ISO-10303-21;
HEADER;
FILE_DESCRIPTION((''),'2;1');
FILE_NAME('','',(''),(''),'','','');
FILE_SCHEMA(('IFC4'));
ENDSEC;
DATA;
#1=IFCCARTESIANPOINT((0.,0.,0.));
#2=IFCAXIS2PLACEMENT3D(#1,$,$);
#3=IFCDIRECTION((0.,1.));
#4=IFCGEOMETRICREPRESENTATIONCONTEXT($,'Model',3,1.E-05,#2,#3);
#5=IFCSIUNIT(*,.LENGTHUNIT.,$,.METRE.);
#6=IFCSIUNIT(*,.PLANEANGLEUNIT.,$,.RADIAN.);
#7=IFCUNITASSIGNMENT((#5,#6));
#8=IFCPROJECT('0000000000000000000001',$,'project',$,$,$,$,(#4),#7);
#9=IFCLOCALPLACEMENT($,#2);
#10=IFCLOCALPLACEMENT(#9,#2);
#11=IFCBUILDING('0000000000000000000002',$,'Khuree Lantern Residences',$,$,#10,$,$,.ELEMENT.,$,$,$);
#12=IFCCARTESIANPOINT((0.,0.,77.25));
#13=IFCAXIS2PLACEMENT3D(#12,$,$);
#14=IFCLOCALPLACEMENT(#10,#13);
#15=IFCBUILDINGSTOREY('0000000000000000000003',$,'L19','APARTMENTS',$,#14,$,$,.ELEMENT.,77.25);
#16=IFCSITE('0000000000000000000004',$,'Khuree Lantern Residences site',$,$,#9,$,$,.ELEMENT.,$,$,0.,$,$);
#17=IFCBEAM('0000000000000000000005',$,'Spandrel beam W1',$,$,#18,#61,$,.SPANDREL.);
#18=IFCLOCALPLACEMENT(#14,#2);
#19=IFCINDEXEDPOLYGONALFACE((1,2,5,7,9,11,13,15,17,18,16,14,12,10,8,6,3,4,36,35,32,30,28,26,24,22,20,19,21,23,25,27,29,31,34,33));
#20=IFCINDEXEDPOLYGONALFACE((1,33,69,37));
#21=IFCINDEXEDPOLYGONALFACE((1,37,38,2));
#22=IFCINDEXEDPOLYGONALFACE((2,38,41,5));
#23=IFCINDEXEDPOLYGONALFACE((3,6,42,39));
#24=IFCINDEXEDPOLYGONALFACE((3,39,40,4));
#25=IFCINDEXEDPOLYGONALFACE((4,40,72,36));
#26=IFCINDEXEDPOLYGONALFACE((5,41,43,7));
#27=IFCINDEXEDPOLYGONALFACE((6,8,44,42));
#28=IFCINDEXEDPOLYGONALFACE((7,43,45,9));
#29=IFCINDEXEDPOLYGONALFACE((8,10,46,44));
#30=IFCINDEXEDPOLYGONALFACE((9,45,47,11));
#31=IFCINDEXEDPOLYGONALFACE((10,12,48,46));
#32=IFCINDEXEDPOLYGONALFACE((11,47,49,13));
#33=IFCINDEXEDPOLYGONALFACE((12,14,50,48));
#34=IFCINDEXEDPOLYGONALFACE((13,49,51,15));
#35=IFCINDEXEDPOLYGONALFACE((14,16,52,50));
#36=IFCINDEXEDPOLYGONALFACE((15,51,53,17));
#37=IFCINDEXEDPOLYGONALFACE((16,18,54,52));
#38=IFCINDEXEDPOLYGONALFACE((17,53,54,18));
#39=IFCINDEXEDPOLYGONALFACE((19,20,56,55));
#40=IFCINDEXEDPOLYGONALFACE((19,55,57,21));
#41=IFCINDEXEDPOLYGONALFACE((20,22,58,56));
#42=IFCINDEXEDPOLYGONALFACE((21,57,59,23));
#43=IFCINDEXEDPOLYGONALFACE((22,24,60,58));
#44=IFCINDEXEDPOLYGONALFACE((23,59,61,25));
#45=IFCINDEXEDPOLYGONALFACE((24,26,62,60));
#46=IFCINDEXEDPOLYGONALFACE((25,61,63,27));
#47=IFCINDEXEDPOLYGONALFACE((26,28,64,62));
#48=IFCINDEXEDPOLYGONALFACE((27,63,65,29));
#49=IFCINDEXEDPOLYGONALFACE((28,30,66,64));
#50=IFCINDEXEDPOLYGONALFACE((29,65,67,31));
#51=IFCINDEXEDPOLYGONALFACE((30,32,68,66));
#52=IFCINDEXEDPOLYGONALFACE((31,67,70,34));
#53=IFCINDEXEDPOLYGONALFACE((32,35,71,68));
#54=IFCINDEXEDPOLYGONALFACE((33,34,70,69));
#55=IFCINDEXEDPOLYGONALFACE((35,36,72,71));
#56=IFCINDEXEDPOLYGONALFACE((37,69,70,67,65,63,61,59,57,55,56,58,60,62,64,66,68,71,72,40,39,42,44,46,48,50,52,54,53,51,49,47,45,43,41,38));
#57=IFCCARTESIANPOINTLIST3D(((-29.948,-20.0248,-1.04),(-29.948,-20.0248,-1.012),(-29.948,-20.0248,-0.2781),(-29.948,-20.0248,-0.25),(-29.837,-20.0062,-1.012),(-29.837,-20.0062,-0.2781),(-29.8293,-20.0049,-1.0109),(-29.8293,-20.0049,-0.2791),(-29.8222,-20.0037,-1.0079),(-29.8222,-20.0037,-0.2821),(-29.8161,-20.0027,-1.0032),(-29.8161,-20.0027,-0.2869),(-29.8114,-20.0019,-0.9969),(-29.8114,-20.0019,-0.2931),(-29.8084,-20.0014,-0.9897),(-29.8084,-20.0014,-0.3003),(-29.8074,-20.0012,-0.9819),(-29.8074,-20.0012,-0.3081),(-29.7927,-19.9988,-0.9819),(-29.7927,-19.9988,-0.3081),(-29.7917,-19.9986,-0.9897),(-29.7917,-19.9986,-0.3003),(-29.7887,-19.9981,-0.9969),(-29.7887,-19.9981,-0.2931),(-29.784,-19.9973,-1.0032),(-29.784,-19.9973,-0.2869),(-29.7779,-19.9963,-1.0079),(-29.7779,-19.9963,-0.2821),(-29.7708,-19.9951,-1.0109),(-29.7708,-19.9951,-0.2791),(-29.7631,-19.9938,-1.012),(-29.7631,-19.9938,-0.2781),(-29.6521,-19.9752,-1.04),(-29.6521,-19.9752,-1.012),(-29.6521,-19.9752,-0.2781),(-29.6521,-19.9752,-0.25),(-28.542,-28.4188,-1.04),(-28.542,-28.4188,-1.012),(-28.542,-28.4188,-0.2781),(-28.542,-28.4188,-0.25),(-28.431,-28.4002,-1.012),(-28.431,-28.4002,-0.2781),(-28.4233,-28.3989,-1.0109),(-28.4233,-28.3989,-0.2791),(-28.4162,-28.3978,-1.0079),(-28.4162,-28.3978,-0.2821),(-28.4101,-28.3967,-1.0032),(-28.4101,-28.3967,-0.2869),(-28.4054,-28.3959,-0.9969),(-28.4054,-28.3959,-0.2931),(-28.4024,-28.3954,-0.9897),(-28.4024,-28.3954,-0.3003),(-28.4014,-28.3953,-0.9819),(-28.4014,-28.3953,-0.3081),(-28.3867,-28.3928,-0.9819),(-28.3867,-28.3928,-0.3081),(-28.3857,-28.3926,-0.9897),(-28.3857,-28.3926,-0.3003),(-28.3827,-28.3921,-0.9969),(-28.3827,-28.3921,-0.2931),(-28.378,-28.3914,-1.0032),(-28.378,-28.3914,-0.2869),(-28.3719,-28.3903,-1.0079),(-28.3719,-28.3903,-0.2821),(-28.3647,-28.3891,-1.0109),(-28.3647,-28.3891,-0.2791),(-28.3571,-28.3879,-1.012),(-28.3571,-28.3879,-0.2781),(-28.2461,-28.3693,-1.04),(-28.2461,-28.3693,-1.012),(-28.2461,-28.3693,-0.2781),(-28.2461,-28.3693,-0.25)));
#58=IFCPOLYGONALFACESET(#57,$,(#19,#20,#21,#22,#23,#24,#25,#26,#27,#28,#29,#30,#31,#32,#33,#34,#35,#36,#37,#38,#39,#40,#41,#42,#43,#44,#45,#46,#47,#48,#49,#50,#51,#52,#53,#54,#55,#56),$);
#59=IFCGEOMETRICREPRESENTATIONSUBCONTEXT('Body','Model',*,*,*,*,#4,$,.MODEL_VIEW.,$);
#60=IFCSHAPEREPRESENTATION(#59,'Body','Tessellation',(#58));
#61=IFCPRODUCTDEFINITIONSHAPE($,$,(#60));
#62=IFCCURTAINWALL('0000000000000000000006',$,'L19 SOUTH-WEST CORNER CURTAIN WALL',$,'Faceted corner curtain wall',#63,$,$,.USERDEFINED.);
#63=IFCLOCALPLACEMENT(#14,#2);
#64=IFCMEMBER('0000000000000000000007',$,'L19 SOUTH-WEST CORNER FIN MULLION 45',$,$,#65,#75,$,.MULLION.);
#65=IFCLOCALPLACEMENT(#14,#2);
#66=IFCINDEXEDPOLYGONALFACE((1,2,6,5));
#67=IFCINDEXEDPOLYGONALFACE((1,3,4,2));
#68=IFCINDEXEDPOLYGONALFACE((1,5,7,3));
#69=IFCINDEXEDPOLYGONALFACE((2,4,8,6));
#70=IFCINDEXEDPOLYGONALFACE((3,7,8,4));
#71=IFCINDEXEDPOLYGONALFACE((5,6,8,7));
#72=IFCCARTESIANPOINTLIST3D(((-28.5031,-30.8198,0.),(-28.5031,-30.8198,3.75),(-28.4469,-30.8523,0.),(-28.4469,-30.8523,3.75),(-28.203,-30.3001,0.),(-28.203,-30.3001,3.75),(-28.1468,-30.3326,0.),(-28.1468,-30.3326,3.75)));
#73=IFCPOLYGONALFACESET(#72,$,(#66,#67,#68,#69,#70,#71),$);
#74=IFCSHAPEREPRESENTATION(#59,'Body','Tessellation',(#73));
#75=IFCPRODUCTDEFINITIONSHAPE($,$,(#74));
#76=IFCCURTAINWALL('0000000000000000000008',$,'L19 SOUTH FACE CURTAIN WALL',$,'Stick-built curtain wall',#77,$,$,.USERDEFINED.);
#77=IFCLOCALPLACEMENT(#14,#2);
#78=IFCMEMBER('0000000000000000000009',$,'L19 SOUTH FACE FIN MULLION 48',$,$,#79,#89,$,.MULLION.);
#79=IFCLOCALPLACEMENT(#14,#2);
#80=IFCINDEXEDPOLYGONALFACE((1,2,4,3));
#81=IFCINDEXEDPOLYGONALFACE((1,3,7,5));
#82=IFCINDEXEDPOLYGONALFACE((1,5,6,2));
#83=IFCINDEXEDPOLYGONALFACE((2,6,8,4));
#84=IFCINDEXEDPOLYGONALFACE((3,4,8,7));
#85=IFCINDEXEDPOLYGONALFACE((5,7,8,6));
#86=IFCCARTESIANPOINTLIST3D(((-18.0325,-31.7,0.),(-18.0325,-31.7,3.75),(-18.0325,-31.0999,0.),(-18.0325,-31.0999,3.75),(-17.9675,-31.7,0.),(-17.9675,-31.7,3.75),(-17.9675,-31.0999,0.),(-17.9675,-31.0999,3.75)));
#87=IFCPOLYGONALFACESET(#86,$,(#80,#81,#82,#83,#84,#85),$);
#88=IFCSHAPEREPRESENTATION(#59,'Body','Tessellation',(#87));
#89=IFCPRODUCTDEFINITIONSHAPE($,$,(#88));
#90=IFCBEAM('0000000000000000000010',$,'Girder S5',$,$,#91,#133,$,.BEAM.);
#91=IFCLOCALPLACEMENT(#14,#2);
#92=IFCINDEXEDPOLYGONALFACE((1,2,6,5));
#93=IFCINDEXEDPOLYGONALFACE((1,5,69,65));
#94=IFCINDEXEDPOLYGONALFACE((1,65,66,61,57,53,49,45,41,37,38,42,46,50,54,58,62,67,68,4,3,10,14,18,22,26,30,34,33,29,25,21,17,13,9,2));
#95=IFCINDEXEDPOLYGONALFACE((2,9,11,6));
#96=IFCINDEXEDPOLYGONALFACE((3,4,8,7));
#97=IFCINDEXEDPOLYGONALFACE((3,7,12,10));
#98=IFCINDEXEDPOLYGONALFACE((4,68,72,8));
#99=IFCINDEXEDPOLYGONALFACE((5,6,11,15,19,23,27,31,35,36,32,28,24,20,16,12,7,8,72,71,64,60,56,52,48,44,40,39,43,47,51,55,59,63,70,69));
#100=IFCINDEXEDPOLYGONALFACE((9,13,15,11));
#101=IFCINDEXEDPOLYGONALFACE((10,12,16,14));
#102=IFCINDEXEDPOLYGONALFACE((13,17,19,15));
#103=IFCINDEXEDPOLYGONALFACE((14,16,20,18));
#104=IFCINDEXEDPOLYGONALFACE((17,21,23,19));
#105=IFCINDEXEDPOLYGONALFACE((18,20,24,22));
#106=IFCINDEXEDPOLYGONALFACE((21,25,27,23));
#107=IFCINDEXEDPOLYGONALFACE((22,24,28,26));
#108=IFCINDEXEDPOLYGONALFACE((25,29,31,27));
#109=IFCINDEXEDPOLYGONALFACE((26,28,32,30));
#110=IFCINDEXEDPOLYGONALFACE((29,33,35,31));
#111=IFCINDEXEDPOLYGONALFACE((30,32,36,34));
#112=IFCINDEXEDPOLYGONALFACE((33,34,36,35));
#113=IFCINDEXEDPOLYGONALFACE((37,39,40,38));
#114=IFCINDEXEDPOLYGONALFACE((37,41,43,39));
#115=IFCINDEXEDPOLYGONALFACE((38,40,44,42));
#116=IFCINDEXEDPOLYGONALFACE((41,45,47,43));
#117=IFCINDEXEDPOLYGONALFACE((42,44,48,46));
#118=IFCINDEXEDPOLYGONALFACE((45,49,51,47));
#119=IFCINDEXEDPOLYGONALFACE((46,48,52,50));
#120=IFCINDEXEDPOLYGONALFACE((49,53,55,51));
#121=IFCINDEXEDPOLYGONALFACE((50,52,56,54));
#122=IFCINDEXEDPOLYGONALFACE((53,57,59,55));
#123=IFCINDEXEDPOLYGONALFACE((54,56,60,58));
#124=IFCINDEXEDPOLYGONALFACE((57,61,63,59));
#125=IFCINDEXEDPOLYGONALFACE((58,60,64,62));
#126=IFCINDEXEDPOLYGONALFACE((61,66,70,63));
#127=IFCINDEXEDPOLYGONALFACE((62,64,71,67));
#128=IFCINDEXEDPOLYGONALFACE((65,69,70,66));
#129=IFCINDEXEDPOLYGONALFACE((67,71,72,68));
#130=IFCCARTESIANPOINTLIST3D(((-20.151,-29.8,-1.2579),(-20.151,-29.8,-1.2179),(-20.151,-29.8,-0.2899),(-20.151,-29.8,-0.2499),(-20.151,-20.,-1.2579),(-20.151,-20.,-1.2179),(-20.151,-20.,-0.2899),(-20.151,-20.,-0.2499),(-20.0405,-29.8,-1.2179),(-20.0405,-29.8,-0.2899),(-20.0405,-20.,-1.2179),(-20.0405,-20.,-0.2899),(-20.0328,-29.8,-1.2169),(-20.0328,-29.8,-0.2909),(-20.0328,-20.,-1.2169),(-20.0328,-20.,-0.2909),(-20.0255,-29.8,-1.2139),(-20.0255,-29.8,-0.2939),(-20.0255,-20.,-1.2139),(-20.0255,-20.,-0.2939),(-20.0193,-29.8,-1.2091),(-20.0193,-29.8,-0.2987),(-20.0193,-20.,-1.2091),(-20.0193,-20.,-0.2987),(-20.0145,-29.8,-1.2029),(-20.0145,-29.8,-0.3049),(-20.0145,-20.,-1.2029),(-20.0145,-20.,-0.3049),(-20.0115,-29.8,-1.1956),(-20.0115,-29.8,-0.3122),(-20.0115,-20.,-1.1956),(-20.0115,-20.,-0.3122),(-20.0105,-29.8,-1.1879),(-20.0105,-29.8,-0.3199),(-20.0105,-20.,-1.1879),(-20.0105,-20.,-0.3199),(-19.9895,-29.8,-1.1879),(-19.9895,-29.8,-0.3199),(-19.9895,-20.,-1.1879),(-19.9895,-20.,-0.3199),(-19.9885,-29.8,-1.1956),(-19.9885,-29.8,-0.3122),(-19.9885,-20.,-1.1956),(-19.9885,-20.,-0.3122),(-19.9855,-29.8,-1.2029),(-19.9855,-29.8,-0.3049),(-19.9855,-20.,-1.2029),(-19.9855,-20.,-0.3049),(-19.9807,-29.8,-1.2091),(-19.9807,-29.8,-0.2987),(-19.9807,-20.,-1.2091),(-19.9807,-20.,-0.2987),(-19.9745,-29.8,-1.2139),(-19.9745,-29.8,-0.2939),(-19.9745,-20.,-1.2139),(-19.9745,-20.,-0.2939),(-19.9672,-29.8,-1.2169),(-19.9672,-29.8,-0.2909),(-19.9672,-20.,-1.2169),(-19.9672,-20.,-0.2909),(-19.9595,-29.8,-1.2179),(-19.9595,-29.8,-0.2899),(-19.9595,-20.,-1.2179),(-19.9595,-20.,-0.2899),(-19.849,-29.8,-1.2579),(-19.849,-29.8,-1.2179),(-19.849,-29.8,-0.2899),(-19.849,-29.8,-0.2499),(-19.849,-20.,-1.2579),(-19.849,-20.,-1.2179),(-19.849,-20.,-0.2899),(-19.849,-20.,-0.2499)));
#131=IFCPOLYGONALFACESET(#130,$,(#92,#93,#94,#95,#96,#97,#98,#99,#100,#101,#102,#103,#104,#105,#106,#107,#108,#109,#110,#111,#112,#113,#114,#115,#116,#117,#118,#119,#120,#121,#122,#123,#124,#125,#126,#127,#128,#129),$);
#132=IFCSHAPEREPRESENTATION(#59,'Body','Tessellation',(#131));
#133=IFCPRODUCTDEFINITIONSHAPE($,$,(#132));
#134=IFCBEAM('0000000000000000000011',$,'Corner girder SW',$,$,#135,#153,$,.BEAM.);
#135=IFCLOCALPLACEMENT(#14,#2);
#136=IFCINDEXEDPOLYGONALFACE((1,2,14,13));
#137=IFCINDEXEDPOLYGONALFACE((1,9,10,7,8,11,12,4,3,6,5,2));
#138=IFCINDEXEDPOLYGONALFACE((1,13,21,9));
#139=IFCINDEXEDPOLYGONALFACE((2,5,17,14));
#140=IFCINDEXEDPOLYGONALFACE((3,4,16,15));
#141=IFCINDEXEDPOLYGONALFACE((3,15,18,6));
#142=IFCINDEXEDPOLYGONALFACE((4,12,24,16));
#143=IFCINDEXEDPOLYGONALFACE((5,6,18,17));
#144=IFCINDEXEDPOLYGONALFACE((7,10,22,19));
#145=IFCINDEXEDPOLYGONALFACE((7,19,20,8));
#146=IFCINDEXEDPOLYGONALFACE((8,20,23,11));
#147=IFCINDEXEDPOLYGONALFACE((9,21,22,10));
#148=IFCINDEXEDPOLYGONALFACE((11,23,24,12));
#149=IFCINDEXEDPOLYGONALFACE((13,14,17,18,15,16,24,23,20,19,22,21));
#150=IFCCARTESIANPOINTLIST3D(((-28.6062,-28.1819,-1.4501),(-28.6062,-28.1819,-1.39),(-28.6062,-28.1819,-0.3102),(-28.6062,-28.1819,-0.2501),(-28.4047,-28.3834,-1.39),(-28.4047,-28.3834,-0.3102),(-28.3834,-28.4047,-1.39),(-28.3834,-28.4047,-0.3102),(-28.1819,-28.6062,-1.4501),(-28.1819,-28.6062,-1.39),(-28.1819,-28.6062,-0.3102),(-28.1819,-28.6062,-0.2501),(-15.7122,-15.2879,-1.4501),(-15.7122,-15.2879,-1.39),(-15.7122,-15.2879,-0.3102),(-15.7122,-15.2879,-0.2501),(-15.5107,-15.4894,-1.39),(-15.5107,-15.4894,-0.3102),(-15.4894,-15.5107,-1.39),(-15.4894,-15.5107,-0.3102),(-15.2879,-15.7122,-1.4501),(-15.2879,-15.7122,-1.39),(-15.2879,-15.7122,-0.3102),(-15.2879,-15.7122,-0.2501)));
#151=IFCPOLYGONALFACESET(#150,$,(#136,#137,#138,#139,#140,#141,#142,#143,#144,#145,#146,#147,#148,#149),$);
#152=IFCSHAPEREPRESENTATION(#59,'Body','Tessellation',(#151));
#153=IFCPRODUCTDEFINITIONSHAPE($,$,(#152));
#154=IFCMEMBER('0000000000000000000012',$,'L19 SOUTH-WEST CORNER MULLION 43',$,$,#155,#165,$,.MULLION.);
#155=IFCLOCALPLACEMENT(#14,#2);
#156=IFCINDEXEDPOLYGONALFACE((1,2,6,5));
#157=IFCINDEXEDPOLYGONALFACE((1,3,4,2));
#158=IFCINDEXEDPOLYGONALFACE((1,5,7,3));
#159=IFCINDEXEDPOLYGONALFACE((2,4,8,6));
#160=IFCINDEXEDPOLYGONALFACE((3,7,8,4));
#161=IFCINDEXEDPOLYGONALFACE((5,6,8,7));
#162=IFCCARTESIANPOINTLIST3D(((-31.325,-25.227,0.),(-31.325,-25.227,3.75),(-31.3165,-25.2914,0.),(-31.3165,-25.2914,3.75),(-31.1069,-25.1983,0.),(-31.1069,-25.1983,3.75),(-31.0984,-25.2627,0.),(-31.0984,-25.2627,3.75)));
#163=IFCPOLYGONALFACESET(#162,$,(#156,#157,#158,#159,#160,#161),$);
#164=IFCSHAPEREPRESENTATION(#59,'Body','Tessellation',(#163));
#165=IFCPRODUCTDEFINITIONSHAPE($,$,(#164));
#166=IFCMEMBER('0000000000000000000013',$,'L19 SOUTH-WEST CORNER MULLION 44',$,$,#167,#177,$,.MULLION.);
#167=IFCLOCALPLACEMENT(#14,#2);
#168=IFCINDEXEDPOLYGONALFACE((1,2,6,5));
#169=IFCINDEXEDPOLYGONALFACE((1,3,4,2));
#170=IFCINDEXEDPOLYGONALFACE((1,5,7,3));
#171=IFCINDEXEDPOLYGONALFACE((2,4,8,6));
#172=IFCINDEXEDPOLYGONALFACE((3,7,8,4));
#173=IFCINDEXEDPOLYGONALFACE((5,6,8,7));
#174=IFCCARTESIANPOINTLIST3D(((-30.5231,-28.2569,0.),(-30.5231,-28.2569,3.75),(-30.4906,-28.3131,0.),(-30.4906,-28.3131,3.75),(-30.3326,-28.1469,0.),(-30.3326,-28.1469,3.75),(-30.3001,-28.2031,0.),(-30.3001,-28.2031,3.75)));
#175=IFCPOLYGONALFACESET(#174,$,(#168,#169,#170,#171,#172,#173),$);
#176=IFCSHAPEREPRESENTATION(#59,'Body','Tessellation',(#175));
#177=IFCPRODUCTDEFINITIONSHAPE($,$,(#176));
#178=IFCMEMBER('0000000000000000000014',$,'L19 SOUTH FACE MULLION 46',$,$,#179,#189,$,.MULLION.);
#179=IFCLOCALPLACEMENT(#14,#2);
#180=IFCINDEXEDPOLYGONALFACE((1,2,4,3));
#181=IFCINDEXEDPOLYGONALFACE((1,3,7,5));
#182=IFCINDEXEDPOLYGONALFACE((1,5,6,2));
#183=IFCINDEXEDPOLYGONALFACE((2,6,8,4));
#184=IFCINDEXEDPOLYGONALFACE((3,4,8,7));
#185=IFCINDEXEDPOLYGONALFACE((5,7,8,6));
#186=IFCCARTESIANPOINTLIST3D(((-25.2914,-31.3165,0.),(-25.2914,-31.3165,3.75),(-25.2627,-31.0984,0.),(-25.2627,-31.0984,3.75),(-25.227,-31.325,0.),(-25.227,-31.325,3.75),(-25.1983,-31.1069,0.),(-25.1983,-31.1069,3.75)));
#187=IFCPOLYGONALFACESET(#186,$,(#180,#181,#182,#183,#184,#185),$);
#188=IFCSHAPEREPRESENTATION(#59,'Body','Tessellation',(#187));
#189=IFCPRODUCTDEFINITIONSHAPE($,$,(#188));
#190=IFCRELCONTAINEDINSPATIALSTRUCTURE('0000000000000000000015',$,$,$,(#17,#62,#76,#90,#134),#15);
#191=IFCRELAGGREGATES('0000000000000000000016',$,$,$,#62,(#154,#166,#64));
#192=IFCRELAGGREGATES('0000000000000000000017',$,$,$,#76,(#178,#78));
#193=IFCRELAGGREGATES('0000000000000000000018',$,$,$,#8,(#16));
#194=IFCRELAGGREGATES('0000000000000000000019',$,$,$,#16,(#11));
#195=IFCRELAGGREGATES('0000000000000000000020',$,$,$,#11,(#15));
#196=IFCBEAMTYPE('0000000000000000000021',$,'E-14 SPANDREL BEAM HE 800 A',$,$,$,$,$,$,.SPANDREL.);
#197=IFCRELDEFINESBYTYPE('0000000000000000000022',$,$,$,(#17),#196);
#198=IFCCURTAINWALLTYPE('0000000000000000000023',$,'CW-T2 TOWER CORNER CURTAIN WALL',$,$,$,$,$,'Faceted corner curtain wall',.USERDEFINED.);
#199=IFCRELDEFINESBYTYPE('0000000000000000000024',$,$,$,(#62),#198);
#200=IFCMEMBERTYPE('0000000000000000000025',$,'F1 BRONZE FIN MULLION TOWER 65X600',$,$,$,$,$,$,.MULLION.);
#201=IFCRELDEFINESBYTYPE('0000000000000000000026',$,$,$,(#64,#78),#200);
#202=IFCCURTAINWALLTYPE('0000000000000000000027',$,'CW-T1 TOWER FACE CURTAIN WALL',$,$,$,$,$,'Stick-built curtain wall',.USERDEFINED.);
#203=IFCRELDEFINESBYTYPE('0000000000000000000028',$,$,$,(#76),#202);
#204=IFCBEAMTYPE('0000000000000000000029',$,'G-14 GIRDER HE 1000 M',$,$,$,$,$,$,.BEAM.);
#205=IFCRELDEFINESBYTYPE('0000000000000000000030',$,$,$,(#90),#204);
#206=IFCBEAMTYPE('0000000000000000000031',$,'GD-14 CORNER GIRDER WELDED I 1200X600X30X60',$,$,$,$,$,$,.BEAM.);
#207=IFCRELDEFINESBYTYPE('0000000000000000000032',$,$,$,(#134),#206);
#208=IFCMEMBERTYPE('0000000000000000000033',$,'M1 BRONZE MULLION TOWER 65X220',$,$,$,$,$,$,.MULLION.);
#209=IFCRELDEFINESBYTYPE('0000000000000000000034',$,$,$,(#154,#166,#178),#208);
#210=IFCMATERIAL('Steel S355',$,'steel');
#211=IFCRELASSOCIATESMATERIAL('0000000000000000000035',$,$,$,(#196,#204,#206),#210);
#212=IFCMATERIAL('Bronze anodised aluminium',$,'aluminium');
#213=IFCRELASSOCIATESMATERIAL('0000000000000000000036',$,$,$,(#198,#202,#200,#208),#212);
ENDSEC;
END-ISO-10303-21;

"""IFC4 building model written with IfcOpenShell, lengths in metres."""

from ifc_helpers import new_model, si_unit, direction, frame, origin, origin_2d, place, context, subcontext, project, spatial, rectangle, i_section, extrude, material, material_profile, profile_set, type_object, element, aggregate, save


model = new_model("IFC4")

# Units and contexts
model_context = context("Model", 3, precision=1e-05, world=origin(), true_north=direction((0.0, 1.0)))
body_context = subcontext(model_context, "Body", "Model", "MODEL_VIEW")
ifc_project = project(units=[si_unit("LENGTHUNIT", "METRE"), si_unit("PLANEANGLEUNIT", "RADIAN")], contexts=[model_context])

# Site, building, storey
site_placement = place(None, origin())
site = spatial("IfcSite", under=ifc_project, at=site_placement, Name="Khuree Lantern Residences site", CompositionType="ELEMENT", RefElevation=0.0)
building_placement = place(site_placement, origin())
building = spatial("IfcBuilding", under=site, at=building_placement, Name="Khuree Lantern Residences", CompositionType="ELEMENT")
storey_placement = place(building_placement, frame((0.0, 0.0, 77.25)))
storey = spatial("IfcBuildingStorey", under=building, at=storey_placement, Name="L19", Description="APARTMENTS", CompositionType="ELEMENT", Elevation=77.25)

# Beam
ifc_material_1 = material(Name="Steel S355", Category="steel")
ifc_material_profile_1 = material_profile(ifc_material_1, i_section(OverallWidth=0.3, OverallDepth=0.79, WebThickness=0.0149, FlangeThickness=0.0281, FilletRadius=0.03, at=origin_2d()), Name="HE 800 A")
ifc_profile_set_1 = profile_set([ifc_material_profile_1], Name="Steel S355")
beam_type_1 = type_object("IfcBeamType", Name="E-14 SPANDREL BEAM HE 800 A", PredefinedType="SPANDREL", material=ifc_profile_set_1)
for number, where, z_axis, x_axis, name in (
    (1, (-28.394, -28.394, -0.645), (-0.165199, 0.98626, 0.0), (-0.98626, -0.165199, 0.0), "Spandrel beam W1"),
):
    element("IfcBeam", number, at=place(storey_placement, frame(where, z_axis=z_axis, x_axis=x_axis)), inside=storey, type_object=beam_type_1, Name=name, PredefinedType="SPANDREL", context=body_context, shape_type="SweptSolid", body=[
        extrude(i_section(OverallWidth=0.3, OverallDepth=0.79, WebThickness=0.0149, FlangeThickness=0.0281, FilletRadius=0.03, at=origin_2d()), origin(), (0.0, 0.0, 1.0), 8.511),
    ])

# Curtain walls, members
ifc_material_2 = material(Name="Bronze anodised aluminium", Category="aluminium")
curtain_wall_type_1 = type_object("IfcCurtainWallType", Name="CW-T2 TOWER CORNER CURTAIN WALL", ElementType="Faceted corner curtain wall", PredefinedType="USERDEFINED", material=ifc_material_2)
curtain_wall_1_placement = place(storey_placement, origin())
curtain_wall_1 = element("IfcCurtainWall", 2, at=curtain_wall_1_placement, inside=storey, type_object=curtain_wall_type_1, Name="L19 SOUTH-WEST CORNER CURTAIN WALL", ObjectType="Faceted corner curtain wall", PredefinedType="USERDEFINED")
ifc_material_profile_2 = material_profile(ifc_material_2, rectangle(XDim=0.0649, YDim=0.6001, at=origin_2d()), Name="F1 65X600")
ifc_profile_set_2 = profile_set([ifc_material_profile_2], Name="Bronze anodised aluminium")
member_type_1 = type_object("IfcMemberType", Name="F1 BRONZE FIN MULLION TOWER 65X600", PredefinedType="MULLION", material=ifc_profile_set_2)
member_1_placement = place(storey_placement, frame((-28.325, -30.5762, 0.0), z_axis=(0.0, 0.0, 1.0), x_axis=(0.866025, -0.5, 0.0)))
member_1 = element("IfcMember", 3, at=member_1_placement, type_object=member_type_1, Name="L19 SOUTH-WEST CORNER FIN MULLION 45", PredefinedType="MULLION", context=body_context, shape_type="SweptSolid", body=[
    extrude(rectangle(XDim=0.0649, YDim=0.6001, at=origin_2d()), origin(), (0.0, 0.0, 1.0), 3.75),
])
curtain_wall_type_2 = type_object("IfcCurtainWallType", Name="CW-T1 TOWER FACE CURTAIN WALL", ElementType="Stick-built curtain wall", PredefinedType="USERDEFINED", material=ifc_material_2)
curtain_wall_2_placement = place(storey_placement, origin())
curtain_wall_2 = element("IfcCurtainWall", 4, at=curtain_wall_2_placement, inside=storey, type_object=curtain_wall_type_2, Name="L19 SOUTH FACE CURTAIN WALL", ObjectType="Stick-built curtain wall", PredefinedType="USERDEFINED")
member_2_placement = place(storey_placement, frame((-18.0, -31.3999, 0.0), z_axis=(0.0, 0.0, 1.0), x_axis=(1.0, 0.0, 0.0)))
member_2 = element("IfcMember", 5, at=member_2_placement, type_object=member_type_1, Name="L19 SOUTH FACE FIN MULLION 48", PredefinedType="MULLION", context=body_context, shape_type="SweptSolid", body=[
    extrude(rectangle(XDim=0.0649, YDim=0.6001, at=origin_2d()), origin(), (0.0, 0.0, 1.0), 3.75),
])

# Beams
ifc_material_profile_3 = material_profile(ifc_material_1, i_section(OverallWidth=0.302, OverallDepth=1.0081, WebThickness=0.021, FlangeThickness=0.04, FilletRadius=0.03, at=origin_2d()), Name="HE 1000 M")
ifc_profile_set_3 = profile_set([ifc_material_profile_3], Name="Steel S355")
beam_type_2 = type_object("IfcBeamType", Name="G-14 GIRDER HE 1000 M", PredefinedType="BEAM", material=ifc_profile_set_3)
beam_1_placement = place(storey_placement, frame((-20.0, -29.8, -0.7539), z_axis=(0.0, 1.0, 0.0), x_axis=(-1.0, 0.0, 0.0)))
element("IfcBeam", 6, at=beam_1_placement, inside=storey, type_object=beam_type_2, Name="Girder S5", PredefinedType="BEAM", context=body_context, shape_type="SweptSolid", body=[
    extrude(i_section(OverallWidth=0.302, OverallDepth=1.0081, WebThickness=0.021, FlangeThickness=0.04, FilletRadius=0.03, at=origin_2d()), origin(), (0.0, 0.0, 1.0), 9.8),
])
ifc_material_profile_4 = material_profile(ifc_material_1, i_section(OverallWidth=0.6001, OverallDepth=1.2, WebThickness=0.03, FlangeThickness=0.0601, at=origin_2d()), Name="WELDED I 1200X600X30X60")
ifc_profile_set_4 = profile_set([ifc_material_profile_4], Name="Steel S355")
beam_type_3 = type_object("IfcBeamType", Name="GD-14 CORNER GIRDER WELDED I 1200X600X30X60", PredefinedType="BEAM", material=ifc_profile_set_4)
beam_2_placement = place(storey_placement, frame((-28.394, -28.394, -0.8501), z_axis=(0.707107, 0.707107, 0.0), x_axis=(-0.707107, 0.707107, 0.0)))
element("IfcBeam", 7, at=beam_2_placement, inside=storey, type_object=beam_type_3, Name="Corner girder SW", PredefinedType="BEAM", context=body_context, shape_type="SweptSolid", body=[
    extrude(i_section(OverallWidth=0.6001, OverallDepth=1.2, WebThickness=0.03, FlangeThickness=0.0601, at=origin_2d()), origin(), (0.0, 0.0, 1.0), 18.2349),
])

# Members
ifc_material_profile_5 = material_profile(ifc_material_2, rectangle(XDim=0.0649, YDim=0.22, at=origin_2d()), Name="M1 65X220")
ifc_profile_set_5 = profile_set([ifc_material_profile_5], Name="Bronze anodised aluminium")
member_type_2 = type_object("IfcMemberType", Name="M1 BRONZE MULLION TOWER 65X220", PredefinedType="MULLION", material=ifc_profile_set_5)
member_3_placement = place(storey_placement, frame((-31.2117, -25.2449, 0.0), z_axis=(0.0, 0.0, 1.0), x_axis=(0.130526, -0.991445, 0.0)))
member_3 = element("IfcMember", 8, at=member_3_placement, type_object=member_type_2, Name="L19 SOUTH-WEST CORNER MULLION 43", PredefinedType="MULLION", context=body_context, shape_type="SweptSolid", body=[
    extrude(rectangle(XDim=0.0649, YDim=0.22, at=origin_2d()), origin(), (0.0, 0.0, 1.0), 3.75),
])
member_4_placement = place(storey_placement, frame((-30.4116, -28.23, 0.0), z_axis=(0.0, 0.0, 1.0), x_axis=(0.5, -0.866025, 0.0)))
member_4 = element("IfcMember", 9, at=member_4_placement, type_object=member_type_2, Name="L19 SOUTH-WEST CORNER MULLION 44", PredefinedType="MULLION", context=body_context, shape_type="SweptSolid", body=[
    extrude(rectangle(XDim=0.0649, YDim=0.22, at=origin_2d()), origin(), (0.0, 0.0, 1.0), 3.75),
])
member_5_placement = place(storey_placement, frame((-25.2449, -31.2117, 0.0), z_axis=(0.0, 0.0, 1.0), x_axis=(0.991445, -0.130526, 0.0)))
member_5 = element("IfcMember", 10, at=member_5_placement, type_object=member_type_2, Name="L19 SOUTH FACE MULLION 46", PredefinedType="MULLION", context=body_context, shape_type="SweptSolid", body=[
    extrude(rectangle(XDim=0.0649, YDim=0.22, at=origin_2d()), origin(), (0.0, 0.0, 1.0), 3.75),
])

aggregate(curtain_wall_1, [member_3, member_4, member_1])

aggregate(curtain_wall_2, [member_5, member_2])

save(model, "model.ifc")
